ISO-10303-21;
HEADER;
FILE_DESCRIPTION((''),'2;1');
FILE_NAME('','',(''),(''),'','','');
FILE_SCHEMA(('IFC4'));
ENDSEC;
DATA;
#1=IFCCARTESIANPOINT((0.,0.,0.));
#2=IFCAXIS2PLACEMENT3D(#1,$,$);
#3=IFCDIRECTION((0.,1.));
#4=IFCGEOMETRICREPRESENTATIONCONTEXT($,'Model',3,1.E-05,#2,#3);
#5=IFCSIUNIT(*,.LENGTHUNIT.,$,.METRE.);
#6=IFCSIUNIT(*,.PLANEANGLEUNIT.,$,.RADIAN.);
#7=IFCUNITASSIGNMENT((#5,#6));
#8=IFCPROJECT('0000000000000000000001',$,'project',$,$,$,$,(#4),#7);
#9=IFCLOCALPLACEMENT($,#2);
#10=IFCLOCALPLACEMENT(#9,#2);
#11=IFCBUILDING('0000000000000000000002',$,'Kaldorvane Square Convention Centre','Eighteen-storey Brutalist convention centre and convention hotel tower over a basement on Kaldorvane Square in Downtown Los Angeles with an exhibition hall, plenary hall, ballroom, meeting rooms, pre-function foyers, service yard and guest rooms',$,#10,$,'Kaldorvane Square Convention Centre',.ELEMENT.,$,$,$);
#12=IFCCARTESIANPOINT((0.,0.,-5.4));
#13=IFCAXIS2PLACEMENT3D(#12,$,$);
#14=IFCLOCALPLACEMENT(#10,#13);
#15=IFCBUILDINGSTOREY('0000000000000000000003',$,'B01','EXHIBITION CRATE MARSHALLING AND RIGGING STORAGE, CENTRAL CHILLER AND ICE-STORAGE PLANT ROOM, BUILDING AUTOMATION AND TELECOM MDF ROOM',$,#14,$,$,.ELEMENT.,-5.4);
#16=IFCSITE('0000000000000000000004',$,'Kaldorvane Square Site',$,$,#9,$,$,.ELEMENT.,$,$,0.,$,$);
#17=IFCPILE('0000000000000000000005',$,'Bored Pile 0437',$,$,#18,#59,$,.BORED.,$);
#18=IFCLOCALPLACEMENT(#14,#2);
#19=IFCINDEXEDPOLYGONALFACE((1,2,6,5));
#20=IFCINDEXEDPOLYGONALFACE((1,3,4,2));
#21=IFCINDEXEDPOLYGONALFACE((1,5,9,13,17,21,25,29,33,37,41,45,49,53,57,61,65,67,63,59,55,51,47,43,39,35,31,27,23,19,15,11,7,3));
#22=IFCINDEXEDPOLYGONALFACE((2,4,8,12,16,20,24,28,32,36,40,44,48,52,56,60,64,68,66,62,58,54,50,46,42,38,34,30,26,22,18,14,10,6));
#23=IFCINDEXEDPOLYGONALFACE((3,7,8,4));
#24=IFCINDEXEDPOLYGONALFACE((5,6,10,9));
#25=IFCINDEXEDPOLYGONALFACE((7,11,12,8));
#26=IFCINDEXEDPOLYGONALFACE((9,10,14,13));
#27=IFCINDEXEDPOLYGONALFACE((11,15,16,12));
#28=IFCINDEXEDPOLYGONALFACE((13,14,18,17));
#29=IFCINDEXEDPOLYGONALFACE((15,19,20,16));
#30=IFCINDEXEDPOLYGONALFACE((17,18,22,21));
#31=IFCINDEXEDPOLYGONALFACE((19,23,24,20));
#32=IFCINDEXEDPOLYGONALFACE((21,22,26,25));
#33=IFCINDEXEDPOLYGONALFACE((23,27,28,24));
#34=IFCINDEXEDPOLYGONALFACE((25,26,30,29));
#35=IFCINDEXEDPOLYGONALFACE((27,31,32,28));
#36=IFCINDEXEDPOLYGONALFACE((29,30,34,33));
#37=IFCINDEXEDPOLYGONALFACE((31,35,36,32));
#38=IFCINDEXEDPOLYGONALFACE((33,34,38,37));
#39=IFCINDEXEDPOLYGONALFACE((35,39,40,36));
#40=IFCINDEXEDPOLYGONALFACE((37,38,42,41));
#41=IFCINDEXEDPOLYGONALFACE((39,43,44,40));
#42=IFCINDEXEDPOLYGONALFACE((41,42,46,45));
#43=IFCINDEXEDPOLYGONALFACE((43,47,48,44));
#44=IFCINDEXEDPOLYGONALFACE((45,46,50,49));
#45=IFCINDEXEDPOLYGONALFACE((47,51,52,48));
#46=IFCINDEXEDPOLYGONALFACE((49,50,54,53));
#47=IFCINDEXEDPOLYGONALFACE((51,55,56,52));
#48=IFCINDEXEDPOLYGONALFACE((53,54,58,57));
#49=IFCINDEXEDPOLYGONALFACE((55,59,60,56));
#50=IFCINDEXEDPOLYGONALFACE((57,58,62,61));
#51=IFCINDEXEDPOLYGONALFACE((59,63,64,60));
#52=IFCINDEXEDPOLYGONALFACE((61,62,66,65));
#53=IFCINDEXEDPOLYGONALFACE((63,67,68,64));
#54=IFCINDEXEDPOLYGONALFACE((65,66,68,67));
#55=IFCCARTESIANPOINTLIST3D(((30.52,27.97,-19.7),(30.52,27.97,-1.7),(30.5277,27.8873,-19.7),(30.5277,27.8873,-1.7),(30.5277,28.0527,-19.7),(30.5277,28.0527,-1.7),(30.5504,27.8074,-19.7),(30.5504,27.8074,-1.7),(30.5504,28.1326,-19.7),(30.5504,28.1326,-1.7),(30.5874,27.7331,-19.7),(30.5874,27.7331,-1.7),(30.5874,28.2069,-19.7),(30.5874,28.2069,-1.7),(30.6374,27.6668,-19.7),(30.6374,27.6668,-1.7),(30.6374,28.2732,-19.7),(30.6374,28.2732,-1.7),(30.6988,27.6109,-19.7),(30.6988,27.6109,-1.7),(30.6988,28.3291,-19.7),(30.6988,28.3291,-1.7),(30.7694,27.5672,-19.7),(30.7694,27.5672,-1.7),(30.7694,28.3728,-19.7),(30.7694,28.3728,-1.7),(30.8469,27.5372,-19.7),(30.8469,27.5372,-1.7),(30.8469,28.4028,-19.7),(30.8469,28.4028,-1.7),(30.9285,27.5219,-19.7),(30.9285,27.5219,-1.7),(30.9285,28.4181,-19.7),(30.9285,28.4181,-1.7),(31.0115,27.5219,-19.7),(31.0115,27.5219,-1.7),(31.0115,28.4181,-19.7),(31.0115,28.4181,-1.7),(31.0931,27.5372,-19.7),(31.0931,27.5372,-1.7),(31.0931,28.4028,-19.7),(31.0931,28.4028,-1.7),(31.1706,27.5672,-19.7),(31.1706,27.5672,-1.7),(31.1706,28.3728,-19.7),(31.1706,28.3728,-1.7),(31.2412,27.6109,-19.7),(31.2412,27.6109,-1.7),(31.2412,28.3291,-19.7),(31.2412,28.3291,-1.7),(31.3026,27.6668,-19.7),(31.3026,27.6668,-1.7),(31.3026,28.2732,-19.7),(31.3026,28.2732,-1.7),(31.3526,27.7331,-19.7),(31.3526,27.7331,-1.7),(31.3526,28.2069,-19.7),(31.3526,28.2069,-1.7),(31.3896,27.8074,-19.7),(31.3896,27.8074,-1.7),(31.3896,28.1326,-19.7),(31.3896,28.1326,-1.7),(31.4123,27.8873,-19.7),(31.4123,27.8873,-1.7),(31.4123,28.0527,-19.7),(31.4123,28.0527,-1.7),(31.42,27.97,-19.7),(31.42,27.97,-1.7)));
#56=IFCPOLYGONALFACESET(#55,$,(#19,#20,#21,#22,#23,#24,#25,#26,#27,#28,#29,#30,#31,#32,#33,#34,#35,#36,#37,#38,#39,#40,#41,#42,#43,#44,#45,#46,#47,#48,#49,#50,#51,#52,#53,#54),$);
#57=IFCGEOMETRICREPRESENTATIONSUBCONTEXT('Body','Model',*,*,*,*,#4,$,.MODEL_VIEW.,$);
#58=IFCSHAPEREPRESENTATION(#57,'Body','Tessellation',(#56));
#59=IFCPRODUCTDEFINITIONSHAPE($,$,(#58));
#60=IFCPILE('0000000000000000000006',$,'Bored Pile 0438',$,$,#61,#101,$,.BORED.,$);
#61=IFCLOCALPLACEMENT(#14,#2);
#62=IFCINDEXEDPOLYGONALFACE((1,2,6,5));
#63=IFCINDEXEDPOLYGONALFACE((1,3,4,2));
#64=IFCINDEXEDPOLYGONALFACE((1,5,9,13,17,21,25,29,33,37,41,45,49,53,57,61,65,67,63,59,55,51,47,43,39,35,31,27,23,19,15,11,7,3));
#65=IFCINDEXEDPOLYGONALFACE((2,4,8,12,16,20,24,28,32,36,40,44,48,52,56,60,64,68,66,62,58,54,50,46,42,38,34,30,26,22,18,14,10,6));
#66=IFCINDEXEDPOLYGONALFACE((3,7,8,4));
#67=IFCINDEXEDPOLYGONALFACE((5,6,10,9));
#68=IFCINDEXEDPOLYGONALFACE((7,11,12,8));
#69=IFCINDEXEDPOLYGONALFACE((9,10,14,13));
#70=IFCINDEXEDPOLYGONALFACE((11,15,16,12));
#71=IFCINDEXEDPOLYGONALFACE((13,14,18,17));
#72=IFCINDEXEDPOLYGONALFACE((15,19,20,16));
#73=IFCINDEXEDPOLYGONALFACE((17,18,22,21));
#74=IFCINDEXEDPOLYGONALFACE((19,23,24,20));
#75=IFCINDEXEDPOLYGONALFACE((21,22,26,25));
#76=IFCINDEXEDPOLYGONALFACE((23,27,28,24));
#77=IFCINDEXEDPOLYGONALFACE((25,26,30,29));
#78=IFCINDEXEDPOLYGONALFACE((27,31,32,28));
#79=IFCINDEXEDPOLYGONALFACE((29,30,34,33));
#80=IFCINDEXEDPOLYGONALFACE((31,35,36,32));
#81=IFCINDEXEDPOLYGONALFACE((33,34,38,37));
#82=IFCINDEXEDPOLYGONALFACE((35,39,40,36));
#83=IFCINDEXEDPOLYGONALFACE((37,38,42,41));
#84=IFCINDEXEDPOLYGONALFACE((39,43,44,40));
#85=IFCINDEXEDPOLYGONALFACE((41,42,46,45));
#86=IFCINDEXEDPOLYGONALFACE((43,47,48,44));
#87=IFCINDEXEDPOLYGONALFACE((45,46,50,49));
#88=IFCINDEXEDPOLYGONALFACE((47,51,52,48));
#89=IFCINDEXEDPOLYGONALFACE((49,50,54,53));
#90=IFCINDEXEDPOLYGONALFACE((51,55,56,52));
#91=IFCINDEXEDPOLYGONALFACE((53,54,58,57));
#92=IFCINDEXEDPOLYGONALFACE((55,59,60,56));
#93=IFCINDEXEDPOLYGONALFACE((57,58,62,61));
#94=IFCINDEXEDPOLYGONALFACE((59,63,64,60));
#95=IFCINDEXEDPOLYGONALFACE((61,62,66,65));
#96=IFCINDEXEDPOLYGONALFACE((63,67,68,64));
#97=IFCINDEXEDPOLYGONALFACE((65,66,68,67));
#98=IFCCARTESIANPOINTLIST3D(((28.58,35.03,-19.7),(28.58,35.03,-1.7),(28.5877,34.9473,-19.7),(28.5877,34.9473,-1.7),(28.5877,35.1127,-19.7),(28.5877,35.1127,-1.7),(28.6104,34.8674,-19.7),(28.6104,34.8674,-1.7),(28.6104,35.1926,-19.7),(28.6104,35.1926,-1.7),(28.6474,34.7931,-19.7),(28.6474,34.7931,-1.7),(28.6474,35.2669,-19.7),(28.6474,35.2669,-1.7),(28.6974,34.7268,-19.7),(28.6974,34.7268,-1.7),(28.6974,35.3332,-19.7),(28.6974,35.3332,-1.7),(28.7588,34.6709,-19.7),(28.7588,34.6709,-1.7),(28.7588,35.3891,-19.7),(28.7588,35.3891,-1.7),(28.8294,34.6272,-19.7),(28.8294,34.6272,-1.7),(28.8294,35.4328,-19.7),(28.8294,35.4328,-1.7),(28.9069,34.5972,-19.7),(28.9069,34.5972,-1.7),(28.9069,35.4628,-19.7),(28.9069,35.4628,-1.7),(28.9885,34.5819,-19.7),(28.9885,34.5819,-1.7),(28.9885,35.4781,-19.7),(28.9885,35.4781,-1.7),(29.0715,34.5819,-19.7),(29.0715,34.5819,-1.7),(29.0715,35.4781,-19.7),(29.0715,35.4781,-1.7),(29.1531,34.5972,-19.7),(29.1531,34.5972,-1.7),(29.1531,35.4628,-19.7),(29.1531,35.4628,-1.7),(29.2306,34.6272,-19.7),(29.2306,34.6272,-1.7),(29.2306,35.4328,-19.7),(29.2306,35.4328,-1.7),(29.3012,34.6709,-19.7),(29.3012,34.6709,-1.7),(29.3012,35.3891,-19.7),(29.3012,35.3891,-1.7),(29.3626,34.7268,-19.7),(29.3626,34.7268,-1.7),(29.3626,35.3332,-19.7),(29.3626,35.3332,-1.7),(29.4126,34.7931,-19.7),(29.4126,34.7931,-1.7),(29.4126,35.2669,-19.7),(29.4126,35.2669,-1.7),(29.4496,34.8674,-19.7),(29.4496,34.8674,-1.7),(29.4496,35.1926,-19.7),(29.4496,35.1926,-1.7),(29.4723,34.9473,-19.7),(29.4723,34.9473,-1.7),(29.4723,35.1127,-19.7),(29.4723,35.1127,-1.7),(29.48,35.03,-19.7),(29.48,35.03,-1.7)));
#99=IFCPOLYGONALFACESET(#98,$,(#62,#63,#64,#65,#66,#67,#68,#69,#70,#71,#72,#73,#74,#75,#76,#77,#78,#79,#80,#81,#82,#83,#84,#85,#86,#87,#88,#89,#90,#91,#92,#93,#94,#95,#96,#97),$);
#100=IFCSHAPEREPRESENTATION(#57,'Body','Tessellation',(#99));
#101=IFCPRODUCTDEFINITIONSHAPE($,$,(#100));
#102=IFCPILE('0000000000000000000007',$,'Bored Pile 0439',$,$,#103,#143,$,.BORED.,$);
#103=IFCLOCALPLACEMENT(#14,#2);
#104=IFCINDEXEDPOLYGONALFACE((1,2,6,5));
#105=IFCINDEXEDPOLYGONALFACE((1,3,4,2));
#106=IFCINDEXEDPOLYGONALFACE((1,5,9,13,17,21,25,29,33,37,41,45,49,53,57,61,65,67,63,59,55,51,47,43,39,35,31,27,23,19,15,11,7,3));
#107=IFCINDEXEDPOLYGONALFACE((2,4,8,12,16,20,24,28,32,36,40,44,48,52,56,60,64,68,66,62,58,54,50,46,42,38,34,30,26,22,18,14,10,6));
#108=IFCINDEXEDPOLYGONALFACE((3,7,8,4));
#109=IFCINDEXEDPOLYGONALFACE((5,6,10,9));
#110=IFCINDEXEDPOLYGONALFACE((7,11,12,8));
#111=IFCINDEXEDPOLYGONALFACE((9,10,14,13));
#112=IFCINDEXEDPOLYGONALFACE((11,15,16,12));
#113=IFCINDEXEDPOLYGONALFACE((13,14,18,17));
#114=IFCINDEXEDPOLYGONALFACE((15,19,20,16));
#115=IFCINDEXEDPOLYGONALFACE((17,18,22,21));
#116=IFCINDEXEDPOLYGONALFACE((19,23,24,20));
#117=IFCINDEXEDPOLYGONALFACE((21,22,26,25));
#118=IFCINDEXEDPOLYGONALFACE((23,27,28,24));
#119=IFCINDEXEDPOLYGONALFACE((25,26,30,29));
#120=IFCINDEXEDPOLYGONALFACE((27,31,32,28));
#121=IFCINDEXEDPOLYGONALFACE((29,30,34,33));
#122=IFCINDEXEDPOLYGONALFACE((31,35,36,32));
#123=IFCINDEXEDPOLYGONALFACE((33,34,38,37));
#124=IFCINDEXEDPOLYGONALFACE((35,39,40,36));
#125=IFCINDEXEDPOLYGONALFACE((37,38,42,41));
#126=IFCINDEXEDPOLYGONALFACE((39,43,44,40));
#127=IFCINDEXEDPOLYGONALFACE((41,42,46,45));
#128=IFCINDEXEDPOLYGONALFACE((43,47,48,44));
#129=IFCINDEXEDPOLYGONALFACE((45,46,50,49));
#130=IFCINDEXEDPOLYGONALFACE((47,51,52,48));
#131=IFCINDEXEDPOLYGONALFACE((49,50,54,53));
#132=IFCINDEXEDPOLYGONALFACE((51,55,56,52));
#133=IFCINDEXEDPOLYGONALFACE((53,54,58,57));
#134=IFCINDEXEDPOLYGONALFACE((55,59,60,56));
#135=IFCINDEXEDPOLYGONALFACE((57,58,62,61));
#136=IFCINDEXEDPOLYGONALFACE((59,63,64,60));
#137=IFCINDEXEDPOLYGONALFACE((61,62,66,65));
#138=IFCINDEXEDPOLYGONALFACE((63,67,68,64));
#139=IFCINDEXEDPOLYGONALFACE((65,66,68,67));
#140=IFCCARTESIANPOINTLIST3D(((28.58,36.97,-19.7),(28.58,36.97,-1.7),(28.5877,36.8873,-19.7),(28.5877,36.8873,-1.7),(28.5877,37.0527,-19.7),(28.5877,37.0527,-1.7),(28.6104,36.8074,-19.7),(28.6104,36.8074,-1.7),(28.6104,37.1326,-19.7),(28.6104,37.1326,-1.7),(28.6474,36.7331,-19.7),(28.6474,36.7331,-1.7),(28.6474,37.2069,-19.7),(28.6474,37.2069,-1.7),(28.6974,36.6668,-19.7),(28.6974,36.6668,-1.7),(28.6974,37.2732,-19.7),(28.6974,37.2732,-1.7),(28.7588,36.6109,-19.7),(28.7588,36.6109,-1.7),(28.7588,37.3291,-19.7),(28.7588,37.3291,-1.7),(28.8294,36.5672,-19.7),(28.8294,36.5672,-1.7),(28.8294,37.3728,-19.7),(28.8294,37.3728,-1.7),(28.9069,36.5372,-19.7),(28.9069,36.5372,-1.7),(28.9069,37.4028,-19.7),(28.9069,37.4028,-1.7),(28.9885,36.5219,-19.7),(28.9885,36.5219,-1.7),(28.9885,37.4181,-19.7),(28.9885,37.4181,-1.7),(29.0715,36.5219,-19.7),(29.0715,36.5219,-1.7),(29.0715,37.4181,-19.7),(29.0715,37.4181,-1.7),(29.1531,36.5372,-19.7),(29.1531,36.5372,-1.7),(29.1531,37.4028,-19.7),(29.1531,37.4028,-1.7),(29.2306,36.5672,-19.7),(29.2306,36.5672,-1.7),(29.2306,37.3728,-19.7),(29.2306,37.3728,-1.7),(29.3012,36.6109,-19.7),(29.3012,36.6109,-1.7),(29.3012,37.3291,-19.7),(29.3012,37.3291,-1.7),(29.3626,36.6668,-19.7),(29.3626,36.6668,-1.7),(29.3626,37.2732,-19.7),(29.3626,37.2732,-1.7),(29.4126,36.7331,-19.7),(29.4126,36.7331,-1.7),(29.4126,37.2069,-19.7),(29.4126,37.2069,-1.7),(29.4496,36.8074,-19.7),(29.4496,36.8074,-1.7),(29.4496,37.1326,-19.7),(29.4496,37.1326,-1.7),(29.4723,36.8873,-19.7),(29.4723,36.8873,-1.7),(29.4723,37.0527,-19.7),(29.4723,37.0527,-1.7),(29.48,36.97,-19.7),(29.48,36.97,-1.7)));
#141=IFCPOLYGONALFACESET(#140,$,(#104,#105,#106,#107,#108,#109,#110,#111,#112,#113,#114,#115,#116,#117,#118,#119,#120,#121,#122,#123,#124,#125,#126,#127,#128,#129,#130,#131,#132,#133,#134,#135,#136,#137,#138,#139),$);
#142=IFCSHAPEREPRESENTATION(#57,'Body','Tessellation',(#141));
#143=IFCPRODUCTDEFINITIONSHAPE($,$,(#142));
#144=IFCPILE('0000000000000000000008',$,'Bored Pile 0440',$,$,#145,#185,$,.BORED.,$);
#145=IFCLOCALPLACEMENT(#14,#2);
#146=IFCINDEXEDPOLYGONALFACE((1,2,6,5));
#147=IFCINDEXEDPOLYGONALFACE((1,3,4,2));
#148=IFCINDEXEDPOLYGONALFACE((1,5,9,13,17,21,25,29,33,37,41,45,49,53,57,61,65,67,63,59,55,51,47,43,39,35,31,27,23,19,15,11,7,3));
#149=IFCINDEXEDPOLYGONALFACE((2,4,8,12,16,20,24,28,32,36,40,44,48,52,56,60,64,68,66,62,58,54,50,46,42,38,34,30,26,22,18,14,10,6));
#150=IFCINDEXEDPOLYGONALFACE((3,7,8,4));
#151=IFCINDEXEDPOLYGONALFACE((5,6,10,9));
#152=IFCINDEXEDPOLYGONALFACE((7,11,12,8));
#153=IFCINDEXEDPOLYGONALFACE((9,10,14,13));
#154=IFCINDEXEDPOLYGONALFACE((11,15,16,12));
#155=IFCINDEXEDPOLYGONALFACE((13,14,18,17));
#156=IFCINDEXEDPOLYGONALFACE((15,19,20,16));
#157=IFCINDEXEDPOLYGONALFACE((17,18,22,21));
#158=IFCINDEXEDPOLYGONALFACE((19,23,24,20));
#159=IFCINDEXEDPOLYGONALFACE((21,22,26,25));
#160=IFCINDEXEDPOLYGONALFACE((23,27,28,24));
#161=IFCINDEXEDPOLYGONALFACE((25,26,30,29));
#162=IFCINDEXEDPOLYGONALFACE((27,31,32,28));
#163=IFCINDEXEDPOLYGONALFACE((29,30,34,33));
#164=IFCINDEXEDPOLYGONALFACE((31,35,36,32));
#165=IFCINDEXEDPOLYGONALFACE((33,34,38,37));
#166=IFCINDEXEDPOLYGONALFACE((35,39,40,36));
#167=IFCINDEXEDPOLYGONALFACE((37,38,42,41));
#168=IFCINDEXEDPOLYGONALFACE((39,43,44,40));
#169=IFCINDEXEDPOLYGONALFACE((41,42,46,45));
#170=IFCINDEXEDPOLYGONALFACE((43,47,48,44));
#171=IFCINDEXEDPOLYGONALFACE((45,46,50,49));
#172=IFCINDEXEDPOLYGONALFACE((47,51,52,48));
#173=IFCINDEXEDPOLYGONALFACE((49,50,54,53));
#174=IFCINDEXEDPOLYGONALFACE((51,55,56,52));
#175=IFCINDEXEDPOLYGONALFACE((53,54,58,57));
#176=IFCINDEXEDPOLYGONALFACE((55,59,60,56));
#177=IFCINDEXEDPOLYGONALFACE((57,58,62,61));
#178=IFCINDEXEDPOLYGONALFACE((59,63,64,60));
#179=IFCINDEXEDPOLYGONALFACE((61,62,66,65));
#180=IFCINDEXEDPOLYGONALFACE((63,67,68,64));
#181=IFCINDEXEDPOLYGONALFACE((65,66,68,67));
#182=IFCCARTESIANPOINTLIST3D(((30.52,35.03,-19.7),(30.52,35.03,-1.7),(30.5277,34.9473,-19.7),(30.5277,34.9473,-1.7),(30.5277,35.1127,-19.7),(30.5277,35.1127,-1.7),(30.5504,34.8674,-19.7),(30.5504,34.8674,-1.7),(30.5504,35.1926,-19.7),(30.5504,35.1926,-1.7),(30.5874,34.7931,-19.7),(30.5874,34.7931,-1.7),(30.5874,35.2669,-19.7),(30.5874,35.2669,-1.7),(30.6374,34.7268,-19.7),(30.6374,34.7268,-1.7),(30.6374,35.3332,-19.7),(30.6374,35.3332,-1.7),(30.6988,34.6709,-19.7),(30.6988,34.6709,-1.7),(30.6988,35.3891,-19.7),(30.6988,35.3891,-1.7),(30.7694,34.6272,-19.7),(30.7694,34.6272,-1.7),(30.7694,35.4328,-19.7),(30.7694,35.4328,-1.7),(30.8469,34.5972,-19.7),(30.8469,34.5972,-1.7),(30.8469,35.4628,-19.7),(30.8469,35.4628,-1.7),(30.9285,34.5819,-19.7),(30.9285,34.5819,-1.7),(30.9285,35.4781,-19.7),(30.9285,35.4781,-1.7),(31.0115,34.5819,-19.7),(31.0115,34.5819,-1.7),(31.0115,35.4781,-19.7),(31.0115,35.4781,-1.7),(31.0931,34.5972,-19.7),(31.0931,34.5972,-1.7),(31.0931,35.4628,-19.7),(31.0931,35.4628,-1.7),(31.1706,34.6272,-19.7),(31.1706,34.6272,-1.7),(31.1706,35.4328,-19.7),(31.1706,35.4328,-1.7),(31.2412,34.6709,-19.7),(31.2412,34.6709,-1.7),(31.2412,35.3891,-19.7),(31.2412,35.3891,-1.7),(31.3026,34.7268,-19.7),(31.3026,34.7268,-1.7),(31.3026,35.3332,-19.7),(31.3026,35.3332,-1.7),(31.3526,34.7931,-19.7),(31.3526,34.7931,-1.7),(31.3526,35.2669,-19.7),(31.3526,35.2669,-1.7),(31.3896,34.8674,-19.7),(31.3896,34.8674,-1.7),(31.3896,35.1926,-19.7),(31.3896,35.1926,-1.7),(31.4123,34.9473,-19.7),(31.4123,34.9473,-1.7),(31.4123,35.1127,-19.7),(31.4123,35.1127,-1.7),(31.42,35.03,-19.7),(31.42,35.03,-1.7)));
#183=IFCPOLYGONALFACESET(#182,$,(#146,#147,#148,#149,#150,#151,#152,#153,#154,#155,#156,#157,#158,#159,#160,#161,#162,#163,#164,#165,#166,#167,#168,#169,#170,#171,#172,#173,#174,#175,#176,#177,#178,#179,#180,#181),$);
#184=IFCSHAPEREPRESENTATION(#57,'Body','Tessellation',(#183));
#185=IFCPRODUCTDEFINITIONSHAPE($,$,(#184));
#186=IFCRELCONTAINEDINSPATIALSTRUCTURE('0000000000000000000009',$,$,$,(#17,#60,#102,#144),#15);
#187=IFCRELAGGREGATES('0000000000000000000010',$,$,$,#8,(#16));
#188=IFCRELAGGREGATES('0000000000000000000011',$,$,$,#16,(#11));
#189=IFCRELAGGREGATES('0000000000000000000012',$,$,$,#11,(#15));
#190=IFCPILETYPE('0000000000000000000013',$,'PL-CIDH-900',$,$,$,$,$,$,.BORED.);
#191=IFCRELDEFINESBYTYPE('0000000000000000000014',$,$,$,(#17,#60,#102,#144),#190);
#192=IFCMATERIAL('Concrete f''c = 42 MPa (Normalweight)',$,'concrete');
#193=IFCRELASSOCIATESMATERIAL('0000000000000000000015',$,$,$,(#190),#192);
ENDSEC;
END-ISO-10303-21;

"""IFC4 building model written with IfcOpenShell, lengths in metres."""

from ifc_helpers import new_model, si_unit, direction, frame, origin, origin_2d, place, context, subcontext, project, spatial, circle, extrude, material, material_profile, profile_set, type_object, element, save


model = new_model("IFC4")

# Units and contexts
model_context = context("Model", 3, precision=1e-05, world=origin(), true_north=direction((0.0, 1.0)))
body_context = subcontext(model_context, "Body", "Model", "MODEL_VIEW")
ifc_project = project(units=[si_unit("LENGTHUNIT", "METRE"), si_unit("PLANEANGLEUNIT", "RADIAN")], contexts=[model_context])

# Site, building, storey
site_placement = place(None, origin())
site = spatial("IfcSite", under=ifc_project, at=site_placement, Name="Kaldorvane Square Site", CompositionType="ELEMENT", RefElevation=0.0)
building_placement = place(site_placement, origin())
building = spatial("IfcBuilding", under=site, at=building_placement, Name="Kaldorvane Square Convention Centre", Description="Eighteen-storey Brutalist convention centre and convention hotel tower over a basement on Kaldorvane Square in Downtown Los Angeles with an exhibition hall, plenary hall, ballroom, meeting rooms, pre-function foyers, service yard and guest rooms", LongName="Kaldorvane Square Convention Centre", CompositionType="ELEMENT")
storey_placement = place(building_placement, frame((0.0, 0.0, -5.4)))
storey = spatial("IfcBuildingStorey", under=building, at=storey_placement, Name="B01", Description="EXHIBITION CRATE MARSHALLING AND RIGGING STORAGE, CENTRAL CHILLER AND ICE-STORAGE PLANT ROOM, BUILDING AUTOMATION AND TELECOM MDF ROOM", CompositionType="ELEMENT", Elevation=-5.4)

# Shared definitions
ifc_material_1 = material(Name="Concrete f'c = 42 MPa (Normalweight)", Category="concrete")

# Piles
ifc_material_profile_1 = material_profile(ifc_material_1, circle(Radius=0.45, at=origin_2d()), Name="PILE-D900")
ifc_profile_set_1 = profile_set([ifc_material_profile_1], Name="Concrete f'c = 42 MPa (Normalweight)")
pile_type = type_object("IfcPileType", Name="PL-CIDH-900", PredefinedType="BORED", material=ifc_profile_set_1)
for number, where, z_axis, x_axis, name in (
    (1, (30.97, 27.97, -1.7), (0.0, 0.0, -1.0), (1.0, 0.0, 0.0), "Bored Pile 0437"),
    (2, (29.03, 35.03, -1.7), (0.0, 0.0, -1.0), (1.0, 0.0, 0.0), "Bored Pile 0438"),
    (3, (29.03, 36.97, -1.7), (0.0, 0.0, -1.0), (1.0, 0.0, 0.0), "Bored Pile 0439"),
    (4, (30.97, 35.03, -1.7), (0.0, 0.0, -1.0), (1.0, 0.0, 0.0), "Bored Pile 0440"),
):
    element("IfcPile", number, at=place(storey_placement, frame(where, z_axis=z_axis, x_axis=x_axis)), inside=storey, type_object=pile_type, Name=name, PredefinedType="BORED", context=body_context, shape_type="SweptSolid", body=[
        extrude(circle(Radius=0.45, at=origin_2d()), origin(), (0.0, 0.0, 1.0), 18.0),
    ])

save(model, "model.ifc")
